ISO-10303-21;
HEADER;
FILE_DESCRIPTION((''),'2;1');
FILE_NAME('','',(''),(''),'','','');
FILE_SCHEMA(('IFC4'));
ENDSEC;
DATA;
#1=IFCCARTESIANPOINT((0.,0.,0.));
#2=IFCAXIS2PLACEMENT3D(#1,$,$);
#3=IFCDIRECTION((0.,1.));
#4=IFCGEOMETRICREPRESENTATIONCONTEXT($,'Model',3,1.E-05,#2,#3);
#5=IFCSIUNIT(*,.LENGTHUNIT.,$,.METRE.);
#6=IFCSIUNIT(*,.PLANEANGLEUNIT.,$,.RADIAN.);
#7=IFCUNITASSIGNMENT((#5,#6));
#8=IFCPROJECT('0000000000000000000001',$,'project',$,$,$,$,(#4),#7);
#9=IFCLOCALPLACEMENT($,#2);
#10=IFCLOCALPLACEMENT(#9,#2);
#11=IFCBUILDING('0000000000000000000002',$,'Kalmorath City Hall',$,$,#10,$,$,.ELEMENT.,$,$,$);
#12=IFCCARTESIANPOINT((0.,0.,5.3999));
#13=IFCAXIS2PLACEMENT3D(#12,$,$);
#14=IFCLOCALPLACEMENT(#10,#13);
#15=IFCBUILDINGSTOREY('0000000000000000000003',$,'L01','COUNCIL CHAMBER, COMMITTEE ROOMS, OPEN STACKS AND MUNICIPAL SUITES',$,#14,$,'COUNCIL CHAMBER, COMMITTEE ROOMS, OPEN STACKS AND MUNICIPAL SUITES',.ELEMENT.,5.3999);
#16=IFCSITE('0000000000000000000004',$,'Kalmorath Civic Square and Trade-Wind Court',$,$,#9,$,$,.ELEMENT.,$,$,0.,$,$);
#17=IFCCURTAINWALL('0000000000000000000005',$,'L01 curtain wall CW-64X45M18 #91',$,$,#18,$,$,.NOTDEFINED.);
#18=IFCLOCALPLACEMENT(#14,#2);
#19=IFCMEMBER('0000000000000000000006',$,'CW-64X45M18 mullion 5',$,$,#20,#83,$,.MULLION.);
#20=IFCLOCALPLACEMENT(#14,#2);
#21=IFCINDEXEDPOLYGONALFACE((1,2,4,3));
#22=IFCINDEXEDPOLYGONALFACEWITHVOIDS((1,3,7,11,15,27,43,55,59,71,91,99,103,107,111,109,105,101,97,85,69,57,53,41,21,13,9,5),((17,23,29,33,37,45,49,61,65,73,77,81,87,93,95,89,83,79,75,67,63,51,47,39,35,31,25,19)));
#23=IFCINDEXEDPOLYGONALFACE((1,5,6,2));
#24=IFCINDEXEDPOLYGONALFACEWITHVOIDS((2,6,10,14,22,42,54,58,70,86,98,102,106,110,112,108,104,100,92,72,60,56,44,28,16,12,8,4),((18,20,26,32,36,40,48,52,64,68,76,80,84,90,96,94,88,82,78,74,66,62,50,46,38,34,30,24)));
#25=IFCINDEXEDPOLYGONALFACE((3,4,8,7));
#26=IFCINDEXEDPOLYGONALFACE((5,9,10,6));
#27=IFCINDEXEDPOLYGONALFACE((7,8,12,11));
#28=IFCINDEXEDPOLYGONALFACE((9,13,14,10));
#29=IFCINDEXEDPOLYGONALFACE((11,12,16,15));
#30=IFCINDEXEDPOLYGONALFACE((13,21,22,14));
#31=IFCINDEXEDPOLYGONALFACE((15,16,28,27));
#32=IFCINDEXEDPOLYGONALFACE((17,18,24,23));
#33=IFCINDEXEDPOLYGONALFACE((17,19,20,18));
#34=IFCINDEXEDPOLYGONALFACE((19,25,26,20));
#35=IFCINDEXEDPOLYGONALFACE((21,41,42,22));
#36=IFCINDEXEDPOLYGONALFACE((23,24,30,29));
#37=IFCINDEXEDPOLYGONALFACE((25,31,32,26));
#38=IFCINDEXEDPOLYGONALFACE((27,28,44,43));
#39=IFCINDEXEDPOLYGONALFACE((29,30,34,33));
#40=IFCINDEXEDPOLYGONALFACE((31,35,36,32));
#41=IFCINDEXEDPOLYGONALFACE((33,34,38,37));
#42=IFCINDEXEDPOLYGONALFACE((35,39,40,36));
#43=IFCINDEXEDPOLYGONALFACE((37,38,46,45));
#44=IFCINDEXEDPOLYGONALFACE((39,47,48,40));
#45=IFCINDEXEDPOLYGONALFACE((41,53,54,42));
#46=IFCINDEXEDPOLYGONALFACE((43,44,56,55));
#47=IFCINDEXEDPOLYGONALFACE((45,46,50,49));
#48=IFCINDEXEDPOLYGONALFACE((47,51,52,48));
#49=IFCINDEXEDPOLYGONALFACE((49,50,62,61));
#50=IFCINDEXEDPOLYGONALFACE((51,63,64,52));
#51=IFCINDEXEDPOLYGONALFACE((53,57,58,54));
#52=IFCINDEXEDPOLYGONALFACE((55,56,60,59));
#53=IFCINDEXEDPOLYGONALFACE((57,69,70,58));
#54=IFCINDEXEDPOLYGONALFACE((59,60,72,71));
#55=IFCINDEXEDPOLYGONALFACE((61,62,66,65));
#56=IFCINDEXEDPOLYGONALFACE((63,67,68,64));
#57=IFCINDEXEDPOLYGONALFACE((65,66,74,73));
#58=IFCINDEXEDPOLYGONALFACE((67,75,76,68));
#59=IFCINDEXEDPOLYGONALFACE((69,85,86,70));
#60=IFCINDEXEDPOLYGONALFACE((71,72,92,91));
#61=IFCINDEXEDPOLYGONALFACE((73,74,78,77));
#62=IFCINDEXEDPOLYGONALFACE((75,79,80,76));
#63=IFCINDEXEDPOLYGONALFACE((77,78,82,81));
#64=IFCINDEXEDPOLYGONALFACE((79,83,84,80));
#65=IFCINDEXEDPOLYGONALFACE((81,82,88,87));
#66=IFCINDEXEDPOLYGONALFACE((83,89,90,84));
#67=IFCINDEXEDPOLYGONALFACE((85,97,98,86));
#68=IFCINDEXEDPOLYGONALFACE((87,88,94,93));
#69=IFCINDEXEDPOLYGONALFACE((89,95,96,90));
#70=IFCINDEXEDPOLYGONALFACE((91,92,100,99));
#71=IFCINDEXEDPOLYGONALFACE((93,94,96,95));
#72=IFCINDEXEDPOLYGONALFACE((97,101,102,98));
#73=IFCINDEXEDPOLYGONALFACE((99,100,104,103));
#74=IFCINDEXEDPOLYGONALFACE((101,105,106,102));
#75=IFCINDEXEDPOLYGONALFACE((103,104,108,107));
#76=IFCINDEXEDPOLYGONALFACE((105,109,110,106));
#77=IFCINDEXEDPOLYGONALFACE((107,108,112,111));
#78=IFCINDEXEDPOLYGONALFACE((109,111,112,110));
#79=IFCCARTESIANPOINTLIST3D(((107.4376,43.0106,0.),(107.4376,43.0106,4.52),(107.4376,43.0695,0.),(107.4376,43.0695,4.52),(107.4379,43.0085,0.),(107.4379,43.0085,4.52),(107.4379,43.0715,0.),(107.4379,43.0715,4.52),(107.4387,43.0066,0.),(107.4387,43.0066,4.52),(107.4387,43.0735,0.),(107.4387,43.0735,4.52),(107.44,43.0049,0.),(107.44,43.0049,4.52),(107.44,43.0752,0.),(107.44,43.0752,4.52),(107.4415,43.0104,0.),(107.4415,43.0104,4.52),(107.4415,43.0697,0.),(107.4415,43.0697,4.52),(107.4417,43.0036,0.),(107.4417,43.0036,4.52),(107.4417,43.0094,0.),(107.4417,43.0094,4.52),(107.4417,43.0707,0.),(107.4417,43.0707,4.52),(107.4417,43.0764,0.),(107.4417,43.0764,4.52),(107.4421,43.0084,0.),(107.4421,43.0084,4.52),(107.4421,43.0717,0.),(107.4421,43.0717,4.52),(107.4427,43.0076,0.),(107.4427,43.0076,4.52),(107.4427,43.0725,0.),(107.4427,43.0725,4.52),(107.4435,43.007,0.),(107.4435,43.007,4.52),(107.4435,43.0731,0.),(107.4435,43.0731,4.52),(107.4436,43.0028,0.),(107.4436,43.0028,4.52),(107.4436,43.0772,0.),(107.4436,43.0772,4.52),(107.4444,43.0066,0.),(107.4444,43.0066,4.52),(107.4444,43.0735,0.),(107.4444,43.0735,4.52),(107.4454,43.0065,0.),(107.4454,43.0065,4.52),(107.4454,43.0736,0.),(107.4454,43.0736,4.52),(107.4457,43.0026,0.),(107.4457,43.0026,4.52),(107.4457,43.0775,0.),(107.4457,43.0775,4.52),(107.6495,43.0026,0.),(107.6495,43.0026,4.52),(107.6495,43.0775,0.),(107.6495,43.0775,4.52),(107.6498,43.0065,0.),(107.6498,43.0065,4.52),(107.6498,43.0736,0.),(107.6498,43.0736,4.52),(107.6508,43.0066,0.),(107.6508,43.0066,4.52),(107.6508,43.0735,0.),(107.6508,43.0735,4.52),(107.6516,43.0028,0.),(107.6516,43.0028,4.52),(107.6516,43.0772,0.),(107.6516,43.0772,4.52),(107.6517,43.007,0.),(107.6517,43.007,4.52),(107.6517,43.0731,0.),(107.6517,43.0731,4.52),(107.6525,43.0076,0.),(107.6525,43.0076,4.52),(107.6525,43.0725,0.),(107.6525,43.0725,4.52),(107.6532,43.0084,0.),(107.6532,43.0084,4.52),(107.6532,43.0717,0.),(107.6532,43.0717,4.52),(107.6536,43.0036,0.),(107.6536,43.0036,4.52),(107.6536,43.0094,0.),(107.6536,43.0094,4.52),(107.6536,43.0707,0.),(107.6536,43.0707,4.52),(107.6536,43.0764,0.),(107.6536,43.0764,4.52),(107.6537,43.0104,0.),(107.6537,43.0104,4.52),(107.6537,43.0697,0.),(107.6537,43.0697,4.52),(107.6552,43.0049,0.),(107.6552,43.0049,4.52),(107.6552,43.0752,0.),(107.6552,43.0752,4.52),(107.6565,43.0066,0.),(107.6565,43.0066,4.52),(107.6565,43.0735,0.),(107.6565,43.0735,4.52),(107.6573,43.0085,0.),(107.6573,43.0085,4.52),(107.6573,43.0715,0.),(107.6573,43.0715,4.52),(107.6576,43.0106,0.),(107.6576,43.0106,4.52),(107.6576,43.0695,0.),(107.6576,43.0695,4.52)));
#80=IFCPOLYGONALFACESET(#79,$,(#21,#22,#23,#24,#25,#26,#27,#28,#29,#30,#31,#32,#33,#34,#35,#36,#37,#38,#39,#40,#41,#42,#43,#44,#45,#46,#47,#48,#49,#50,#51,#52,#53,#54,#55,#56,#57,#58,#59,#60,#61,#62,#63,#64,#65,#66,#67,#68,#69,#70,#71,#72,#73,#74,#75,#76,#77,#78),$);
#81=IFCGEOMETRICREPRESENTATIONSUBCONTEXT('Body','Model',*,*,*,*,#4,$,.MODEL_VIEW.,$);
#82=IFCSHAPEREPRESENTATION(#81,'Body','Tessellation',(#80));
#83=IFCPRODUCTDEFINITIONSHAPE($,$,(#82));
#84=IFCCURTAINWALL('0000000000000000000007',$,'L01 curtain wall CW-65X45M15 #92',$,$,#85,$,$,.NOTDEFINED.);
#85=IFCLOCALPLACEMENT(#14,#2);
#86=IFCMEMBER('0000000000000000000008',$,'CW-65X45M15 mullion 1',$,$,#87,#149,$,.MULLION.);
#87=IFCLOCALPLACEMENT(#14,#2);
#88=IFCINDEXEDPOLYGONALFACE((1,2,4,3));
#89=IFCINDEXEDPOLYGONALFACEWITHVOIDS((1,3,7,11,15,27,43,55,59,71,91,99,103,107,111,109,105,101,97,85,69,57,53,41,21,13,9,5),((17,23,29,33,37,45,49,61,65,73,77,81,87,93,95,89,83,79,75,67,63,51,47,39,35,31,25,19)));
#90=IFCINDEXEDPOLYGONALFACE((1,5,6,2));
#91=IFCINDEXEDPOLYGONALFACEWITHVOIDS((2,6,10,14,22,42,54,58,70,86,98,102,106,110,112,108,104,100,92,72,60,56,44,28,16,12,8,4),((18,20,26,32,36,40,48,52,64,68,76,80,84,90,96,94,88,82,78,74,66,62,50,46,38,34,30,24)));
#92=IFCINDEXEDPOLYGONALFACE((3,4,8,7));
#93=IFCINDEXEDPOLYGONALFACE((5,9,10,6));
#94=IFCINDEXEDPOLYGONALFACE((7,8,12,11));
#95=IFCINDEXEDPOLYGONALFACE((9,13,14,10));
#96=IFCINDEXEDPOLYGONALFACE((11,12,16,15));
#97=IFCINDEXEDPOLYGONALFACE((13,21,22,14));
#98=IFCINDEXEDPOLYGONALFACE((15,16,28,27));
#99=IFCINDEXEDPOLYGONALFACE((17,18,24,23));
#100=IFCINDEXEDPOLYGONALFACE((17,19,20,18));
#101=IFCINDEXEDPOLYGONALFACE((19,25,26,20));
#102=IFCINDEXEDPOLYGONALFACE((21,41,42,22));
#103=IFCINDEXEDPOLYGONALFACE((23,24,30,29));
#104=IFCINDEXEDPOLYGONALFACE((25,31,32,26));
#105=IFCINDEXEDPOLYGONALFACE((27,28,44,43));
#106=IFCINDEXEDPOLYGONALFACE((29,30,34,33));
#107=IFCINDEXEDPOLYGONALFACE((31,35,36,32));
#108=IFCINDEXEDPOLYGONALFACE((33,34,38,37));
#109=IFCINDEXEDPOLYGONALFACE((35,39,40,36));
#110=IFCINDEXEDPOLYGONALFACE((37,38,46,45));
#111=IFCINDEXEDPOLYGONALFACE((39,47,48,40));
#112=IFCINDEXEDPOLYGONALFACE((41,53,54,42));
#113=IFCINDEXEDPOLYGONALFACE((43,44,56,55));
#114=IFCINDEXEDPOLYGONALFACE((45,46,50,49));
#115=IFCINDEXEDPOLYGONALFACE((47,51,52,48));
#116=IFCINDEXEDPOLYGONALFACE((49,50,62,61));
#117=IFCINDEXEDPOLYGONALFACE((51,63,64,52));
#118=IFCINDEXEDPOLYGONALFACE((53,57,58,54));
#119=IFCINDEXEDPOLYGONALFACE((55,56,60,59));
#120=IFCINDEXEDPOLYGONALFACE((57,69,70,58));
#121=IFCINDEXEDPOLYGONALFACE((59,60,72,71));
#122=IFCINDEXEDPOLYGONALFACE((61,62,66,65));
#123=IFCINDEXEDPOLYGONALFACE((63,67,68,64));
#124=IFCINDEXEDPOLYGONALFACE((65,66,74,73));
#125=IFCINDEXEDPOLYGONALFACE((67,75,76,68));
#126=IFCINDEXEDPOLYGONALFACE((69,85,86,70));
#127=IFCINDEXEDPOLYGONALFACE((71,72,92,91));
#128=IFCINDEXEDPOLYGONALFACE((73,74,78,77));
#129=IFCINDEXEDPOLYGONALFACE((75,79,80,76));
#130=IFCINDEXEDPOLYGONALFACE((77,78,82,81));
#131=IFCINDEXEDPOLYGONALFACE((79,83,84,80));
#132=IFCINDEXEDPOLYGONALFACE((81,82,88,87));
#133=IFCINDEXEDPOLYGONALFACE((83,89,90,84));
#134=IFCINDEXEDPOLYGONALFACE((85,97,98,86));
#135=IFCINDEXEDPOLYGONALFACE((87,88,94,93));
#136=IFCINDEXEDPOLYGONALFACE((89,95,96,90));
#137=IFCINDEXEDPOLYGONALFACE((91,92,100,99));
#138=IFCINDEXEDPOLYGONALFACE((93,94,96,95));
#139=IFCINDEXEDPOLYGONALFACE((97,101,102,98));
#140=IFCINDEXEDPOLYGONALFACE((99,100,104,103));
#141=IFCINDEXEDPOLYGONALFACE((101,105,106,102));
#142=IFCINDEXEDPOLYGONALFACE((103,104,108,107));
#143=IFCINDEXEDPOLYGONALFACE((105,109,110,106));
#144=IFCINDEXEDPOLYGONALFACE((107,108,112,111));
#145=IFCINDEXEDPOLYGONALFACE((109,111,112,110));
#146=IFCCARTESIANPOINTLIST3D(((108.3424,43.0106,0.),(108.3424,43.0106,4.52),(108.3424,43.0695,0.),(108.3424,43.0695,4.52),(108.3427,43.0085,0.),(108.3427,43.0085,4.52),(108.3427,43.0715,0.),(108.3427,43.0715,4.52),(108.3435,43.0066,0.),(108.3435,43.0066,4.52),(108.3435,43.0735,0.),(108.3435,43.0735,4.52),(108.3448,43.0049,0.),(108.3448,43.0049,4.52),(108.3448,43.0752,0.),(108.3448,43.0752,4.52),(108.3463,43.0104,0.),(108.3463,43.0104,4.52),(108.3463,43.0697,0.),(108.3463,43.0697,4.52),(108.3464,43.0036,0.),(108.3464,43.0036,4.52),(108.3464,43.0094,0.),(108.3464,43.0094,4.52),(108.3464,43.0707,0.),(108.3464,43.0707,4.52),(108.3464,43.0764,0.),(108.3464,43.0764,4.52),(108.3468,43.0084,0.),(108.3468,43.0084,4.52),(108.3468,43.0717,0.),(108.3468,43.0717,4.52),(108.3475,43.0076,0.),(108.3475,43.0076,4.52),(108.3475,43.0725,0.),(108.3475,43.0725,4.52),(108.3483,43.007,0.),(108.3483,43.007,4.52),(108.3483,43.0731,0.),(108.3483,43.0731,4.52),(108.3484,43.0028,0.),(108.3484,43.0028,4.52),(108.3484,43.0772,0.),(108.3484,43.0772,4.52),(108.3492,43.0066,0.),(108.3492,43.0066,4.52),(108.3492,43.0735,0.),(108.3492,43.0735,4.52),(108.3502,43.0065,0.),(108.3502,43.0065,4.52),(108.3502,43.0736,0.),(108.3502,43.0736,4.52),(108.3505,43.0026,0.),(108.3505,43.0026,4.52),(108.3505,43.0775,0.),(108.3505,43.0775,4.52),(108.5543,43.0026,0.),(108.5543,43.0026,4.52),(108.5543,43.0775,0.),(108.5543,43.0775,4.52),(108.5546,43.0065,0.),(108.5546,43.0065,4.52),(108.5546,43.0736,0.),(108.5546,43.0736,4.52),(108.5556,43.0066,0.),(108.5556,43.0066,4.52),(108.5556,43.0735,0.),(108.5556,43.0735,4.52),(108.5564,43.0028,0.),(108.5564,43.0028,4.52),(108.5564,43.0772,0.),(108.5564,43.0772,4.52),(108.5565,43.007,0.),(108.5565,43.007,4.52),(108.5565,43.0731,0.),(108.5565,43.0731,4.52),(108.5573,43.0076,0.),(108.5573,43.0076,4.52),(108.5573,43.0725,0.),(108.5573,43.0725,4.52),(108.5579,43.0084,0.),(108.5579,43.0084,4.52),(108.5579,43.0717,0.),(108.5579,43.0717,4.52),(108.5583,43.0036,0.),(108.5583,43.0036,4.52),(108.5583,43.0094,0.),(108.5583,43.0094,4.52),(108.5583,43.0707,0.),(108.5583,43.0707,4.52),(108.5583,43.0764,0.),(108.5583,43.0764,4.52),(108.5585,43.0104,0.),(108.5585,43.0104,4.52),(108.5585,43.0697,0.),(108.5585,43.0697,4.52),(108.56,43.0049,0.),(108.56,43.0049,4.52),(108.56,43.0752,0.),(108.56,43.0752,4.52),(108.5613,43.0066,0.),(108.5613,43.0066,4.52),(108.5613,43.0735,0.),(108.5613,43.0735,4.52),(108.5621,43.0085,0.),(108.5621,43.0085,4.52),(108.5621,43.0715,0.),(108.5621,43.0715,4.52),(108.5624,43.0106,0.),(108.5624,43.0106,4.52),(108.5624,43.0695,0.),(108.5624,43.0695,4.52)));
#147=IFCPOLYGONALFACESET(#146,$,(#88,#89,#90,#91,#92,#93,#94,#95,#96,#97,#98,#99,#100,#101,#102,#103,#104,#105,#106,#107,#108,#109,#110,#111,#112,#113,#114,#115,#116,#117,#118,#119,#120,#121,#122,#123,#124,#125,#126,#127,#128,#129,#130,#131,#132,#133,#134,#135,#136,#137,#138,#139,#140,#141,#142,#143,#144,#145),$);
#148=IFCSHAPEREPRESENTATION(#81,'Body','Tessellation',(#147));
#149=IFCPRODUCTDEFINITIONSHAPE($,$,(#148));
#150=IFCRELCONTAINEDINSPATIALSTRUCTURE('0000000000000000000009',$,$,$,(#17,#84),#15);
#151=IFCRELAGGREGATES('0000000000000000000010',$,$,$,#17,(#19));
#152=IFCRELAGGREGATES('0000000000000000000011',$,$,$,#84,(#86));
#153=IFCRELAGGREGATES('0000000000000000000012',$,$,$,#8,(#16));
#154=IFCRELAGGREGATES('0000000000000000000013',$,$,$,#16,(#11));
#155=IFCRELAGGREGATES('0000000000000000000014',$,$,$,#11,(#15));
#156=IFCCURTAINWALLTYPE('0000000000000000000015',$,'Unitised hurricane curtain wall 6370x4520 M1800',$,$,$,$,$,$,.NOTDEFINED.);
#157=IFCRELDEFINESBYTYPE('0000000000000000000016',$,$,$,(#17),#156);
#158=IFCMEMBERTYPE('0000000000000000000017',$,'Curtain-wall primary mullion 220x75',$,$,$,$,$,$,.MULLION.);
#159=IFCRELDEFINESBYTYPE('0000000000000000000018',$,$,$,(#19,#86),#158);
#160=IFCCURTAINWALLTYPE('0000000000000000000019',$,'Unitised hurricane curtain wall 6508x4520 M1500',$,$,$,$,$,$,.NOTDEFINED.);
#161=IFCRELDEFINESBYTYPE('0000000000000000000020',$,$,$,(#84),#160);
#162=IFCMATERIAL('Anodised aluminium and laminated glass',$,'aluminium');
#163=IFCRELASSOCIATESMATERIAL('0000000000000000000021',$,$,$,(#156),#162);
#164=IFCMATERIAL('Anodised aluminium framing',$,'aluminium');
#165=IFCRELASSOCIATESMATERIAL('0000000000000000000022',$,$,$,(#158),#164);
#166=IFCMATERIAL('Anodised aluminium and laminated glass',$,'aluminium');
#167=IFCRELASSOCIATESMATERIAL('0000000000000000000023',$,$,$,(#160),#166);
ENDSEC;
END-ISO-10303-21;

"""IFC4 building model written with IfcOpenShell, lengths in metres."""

from ifc_helpers import new_model, si_unit, direction, frame, origin, origin_2d, place, context, subcontext, project, spatial, hollow_rectangle, extrude, material, material_profile, profile_set, type_object, element, aggregate, save


model = new_model("IFC4")

# Units and contexts
model_context = context("Model", 3, precision=1e-05, world=origin(), true_north=direction((0.0, 1.0)))
body_context = subcontext(model_context, "Body", "Model", "MODEL_VIEW")
ifc_project = project(units=[si_unit("LENGTHUNIT", "METRE"), si_unit("PLANEANGLEUNIT", "RADIAN")], contexts=[model_context])

# Site, building, storey
site_placement = place(None, origin())
site = spatial("IfcSite", under=ifc_project, at=site_placement, Name="Kalmorath Civic Square and Trade-Wind Court", CompositionType="ELEMENT", RefElevation=0.0)
building_placement = place(site_placement, origin())
building = spatial("IfcBuilding", under=site, at=building_placement, Name="Kalmorath City Hall", CompositionType="ELEMENT")
storey_placement = place(building_placement, frame((0.0, 0.0, 5.3999)))
storey = spatial("IfcBuildingStorey", under=building, at=storey_placement, Name="L01", Description="COUNCIL CHAMBER, COMMITTEE ROOMS, OPEN STACKS AND MUNICIPAL SUITES", LongName="COUNCIL CHAMBER, COMMITTEE ROOMS, OPEN STACKS AND MUNICIPAL SUITES", CompositionType="ELEMENT", Elevation=5.3999)

# Curtain wall, member
ifc_material_1 = material(Name="Anodised aluminium and laminated glass", Category="aluminium")
curtain_wall_type_1 = type_object("IfcCurtainWallType", Name="Unitised hurricane curtain wall 6370x4520 M1800", PredefinedType="NOTDEFINED", material=ifc_material_1)
curtain_wall_1_placement = place(storey_placement, origin())
curtain_wall_1 = element("IfcCurtainWall", 1, at=curtain_wall_1_placement, inside=storey, type_object=curtain_wall_type_1, Name="L01 curtain wall CW-64X45M18 #91", PredefinedType="NOTDEFINED")
ifc_material_2 = material(Name="Anodised aluminium framing", Category="aluminium")
ifc_material_profile_1 = material_profile(ifc_material_2, hollow_rectangle(XDim=0.075, YDim=0.22, WallThickness=0.0039, InnerFilletRadius=0.0039, OuterFilletRadius=0.0081, at=origin_2d()), Name="ALU-MUL-220X75X4")
ifc_profile_set_1 = profile_set([ifc_material_profile_1], Name="Anodised aluminium framing")
member_type_1 = type_object("IfcMemberType", Name="Curtain-wall primary mullion 220x75", PredefinedType="MULLION", material=ifc_profile_set_1)
member_1_placement = place(storey_placement, frame((107.5476, 43.04, 0.0), z_axis=(0.0, 0.0, 1.0), x_axis=(0.0, 1.0, 0.0)))
member_1 = element("IfcMember", 2, at=member_1_placement, type_object=member_type_1, Name="CW-64X45M18 mullion 5", PredefinedType="MULLION", context=body_context, shape_type="SweptSolid", body=[
    extrude(hollow_rectangle(XDim=0.075, YDim=0.22, WallThickness=0.0039, InnerFilletRadius=0.0039, OuterFilletRadius=0.0081, at=origin_2d()), origin(), (0.0, 0.0, 1.0), 4.52),
])

# Curtain wall, member
ifc_material_3 = material(Name="Anodised aluminium and laminated glass", Category="aluminium")
curtain_wall_type_2 = type_object("IfcCurtainWallType", Name="Unitised hurricane curtain wall 6508x4520 M1500", PredefinedType="NOTDEFINED", material=ifc_material_3)
curtain_wall_2_placement = place(storey_placement, origin())
curtain_wall_2 = element("IfcCurtainWall", 3, at=curtain_wall_2_placement, inside=storey, type_object=curtain_wall_type_2, Name="L01 curtain wall CW-65X45M15 #92", PredefinedType="NOTDEFINED")
member_2_placement = place(storey_placement, frame((108.4524, 43.04, 0.0), z_axis=(0.0, 0.0, 1.0), x_axis=(0.0, 1.0, 0.0)))
member_2 = element("IfcMember", 4, at=member_2_placement, type_object=member_type_1, Name="CW-65X45M15 mullion 1", PredefinedType="MULLION", context=body_context, shape_type="SweptSolid", body=[
    extrude(hollow_rectangle(XDim=0.075, YDim=0.22, WallThickness=0.0039, InnerFilletRadius=0.0039, OuterFilletRadius=0.0081, at=origin_2d()), origin(), (0.0, 0.0, 1.0), 4.52),
])

aggregate(curtain_wall_1, [member_1])
aggregate(curtain_wall_2, [member_2])

save(model, "model.ifc")
